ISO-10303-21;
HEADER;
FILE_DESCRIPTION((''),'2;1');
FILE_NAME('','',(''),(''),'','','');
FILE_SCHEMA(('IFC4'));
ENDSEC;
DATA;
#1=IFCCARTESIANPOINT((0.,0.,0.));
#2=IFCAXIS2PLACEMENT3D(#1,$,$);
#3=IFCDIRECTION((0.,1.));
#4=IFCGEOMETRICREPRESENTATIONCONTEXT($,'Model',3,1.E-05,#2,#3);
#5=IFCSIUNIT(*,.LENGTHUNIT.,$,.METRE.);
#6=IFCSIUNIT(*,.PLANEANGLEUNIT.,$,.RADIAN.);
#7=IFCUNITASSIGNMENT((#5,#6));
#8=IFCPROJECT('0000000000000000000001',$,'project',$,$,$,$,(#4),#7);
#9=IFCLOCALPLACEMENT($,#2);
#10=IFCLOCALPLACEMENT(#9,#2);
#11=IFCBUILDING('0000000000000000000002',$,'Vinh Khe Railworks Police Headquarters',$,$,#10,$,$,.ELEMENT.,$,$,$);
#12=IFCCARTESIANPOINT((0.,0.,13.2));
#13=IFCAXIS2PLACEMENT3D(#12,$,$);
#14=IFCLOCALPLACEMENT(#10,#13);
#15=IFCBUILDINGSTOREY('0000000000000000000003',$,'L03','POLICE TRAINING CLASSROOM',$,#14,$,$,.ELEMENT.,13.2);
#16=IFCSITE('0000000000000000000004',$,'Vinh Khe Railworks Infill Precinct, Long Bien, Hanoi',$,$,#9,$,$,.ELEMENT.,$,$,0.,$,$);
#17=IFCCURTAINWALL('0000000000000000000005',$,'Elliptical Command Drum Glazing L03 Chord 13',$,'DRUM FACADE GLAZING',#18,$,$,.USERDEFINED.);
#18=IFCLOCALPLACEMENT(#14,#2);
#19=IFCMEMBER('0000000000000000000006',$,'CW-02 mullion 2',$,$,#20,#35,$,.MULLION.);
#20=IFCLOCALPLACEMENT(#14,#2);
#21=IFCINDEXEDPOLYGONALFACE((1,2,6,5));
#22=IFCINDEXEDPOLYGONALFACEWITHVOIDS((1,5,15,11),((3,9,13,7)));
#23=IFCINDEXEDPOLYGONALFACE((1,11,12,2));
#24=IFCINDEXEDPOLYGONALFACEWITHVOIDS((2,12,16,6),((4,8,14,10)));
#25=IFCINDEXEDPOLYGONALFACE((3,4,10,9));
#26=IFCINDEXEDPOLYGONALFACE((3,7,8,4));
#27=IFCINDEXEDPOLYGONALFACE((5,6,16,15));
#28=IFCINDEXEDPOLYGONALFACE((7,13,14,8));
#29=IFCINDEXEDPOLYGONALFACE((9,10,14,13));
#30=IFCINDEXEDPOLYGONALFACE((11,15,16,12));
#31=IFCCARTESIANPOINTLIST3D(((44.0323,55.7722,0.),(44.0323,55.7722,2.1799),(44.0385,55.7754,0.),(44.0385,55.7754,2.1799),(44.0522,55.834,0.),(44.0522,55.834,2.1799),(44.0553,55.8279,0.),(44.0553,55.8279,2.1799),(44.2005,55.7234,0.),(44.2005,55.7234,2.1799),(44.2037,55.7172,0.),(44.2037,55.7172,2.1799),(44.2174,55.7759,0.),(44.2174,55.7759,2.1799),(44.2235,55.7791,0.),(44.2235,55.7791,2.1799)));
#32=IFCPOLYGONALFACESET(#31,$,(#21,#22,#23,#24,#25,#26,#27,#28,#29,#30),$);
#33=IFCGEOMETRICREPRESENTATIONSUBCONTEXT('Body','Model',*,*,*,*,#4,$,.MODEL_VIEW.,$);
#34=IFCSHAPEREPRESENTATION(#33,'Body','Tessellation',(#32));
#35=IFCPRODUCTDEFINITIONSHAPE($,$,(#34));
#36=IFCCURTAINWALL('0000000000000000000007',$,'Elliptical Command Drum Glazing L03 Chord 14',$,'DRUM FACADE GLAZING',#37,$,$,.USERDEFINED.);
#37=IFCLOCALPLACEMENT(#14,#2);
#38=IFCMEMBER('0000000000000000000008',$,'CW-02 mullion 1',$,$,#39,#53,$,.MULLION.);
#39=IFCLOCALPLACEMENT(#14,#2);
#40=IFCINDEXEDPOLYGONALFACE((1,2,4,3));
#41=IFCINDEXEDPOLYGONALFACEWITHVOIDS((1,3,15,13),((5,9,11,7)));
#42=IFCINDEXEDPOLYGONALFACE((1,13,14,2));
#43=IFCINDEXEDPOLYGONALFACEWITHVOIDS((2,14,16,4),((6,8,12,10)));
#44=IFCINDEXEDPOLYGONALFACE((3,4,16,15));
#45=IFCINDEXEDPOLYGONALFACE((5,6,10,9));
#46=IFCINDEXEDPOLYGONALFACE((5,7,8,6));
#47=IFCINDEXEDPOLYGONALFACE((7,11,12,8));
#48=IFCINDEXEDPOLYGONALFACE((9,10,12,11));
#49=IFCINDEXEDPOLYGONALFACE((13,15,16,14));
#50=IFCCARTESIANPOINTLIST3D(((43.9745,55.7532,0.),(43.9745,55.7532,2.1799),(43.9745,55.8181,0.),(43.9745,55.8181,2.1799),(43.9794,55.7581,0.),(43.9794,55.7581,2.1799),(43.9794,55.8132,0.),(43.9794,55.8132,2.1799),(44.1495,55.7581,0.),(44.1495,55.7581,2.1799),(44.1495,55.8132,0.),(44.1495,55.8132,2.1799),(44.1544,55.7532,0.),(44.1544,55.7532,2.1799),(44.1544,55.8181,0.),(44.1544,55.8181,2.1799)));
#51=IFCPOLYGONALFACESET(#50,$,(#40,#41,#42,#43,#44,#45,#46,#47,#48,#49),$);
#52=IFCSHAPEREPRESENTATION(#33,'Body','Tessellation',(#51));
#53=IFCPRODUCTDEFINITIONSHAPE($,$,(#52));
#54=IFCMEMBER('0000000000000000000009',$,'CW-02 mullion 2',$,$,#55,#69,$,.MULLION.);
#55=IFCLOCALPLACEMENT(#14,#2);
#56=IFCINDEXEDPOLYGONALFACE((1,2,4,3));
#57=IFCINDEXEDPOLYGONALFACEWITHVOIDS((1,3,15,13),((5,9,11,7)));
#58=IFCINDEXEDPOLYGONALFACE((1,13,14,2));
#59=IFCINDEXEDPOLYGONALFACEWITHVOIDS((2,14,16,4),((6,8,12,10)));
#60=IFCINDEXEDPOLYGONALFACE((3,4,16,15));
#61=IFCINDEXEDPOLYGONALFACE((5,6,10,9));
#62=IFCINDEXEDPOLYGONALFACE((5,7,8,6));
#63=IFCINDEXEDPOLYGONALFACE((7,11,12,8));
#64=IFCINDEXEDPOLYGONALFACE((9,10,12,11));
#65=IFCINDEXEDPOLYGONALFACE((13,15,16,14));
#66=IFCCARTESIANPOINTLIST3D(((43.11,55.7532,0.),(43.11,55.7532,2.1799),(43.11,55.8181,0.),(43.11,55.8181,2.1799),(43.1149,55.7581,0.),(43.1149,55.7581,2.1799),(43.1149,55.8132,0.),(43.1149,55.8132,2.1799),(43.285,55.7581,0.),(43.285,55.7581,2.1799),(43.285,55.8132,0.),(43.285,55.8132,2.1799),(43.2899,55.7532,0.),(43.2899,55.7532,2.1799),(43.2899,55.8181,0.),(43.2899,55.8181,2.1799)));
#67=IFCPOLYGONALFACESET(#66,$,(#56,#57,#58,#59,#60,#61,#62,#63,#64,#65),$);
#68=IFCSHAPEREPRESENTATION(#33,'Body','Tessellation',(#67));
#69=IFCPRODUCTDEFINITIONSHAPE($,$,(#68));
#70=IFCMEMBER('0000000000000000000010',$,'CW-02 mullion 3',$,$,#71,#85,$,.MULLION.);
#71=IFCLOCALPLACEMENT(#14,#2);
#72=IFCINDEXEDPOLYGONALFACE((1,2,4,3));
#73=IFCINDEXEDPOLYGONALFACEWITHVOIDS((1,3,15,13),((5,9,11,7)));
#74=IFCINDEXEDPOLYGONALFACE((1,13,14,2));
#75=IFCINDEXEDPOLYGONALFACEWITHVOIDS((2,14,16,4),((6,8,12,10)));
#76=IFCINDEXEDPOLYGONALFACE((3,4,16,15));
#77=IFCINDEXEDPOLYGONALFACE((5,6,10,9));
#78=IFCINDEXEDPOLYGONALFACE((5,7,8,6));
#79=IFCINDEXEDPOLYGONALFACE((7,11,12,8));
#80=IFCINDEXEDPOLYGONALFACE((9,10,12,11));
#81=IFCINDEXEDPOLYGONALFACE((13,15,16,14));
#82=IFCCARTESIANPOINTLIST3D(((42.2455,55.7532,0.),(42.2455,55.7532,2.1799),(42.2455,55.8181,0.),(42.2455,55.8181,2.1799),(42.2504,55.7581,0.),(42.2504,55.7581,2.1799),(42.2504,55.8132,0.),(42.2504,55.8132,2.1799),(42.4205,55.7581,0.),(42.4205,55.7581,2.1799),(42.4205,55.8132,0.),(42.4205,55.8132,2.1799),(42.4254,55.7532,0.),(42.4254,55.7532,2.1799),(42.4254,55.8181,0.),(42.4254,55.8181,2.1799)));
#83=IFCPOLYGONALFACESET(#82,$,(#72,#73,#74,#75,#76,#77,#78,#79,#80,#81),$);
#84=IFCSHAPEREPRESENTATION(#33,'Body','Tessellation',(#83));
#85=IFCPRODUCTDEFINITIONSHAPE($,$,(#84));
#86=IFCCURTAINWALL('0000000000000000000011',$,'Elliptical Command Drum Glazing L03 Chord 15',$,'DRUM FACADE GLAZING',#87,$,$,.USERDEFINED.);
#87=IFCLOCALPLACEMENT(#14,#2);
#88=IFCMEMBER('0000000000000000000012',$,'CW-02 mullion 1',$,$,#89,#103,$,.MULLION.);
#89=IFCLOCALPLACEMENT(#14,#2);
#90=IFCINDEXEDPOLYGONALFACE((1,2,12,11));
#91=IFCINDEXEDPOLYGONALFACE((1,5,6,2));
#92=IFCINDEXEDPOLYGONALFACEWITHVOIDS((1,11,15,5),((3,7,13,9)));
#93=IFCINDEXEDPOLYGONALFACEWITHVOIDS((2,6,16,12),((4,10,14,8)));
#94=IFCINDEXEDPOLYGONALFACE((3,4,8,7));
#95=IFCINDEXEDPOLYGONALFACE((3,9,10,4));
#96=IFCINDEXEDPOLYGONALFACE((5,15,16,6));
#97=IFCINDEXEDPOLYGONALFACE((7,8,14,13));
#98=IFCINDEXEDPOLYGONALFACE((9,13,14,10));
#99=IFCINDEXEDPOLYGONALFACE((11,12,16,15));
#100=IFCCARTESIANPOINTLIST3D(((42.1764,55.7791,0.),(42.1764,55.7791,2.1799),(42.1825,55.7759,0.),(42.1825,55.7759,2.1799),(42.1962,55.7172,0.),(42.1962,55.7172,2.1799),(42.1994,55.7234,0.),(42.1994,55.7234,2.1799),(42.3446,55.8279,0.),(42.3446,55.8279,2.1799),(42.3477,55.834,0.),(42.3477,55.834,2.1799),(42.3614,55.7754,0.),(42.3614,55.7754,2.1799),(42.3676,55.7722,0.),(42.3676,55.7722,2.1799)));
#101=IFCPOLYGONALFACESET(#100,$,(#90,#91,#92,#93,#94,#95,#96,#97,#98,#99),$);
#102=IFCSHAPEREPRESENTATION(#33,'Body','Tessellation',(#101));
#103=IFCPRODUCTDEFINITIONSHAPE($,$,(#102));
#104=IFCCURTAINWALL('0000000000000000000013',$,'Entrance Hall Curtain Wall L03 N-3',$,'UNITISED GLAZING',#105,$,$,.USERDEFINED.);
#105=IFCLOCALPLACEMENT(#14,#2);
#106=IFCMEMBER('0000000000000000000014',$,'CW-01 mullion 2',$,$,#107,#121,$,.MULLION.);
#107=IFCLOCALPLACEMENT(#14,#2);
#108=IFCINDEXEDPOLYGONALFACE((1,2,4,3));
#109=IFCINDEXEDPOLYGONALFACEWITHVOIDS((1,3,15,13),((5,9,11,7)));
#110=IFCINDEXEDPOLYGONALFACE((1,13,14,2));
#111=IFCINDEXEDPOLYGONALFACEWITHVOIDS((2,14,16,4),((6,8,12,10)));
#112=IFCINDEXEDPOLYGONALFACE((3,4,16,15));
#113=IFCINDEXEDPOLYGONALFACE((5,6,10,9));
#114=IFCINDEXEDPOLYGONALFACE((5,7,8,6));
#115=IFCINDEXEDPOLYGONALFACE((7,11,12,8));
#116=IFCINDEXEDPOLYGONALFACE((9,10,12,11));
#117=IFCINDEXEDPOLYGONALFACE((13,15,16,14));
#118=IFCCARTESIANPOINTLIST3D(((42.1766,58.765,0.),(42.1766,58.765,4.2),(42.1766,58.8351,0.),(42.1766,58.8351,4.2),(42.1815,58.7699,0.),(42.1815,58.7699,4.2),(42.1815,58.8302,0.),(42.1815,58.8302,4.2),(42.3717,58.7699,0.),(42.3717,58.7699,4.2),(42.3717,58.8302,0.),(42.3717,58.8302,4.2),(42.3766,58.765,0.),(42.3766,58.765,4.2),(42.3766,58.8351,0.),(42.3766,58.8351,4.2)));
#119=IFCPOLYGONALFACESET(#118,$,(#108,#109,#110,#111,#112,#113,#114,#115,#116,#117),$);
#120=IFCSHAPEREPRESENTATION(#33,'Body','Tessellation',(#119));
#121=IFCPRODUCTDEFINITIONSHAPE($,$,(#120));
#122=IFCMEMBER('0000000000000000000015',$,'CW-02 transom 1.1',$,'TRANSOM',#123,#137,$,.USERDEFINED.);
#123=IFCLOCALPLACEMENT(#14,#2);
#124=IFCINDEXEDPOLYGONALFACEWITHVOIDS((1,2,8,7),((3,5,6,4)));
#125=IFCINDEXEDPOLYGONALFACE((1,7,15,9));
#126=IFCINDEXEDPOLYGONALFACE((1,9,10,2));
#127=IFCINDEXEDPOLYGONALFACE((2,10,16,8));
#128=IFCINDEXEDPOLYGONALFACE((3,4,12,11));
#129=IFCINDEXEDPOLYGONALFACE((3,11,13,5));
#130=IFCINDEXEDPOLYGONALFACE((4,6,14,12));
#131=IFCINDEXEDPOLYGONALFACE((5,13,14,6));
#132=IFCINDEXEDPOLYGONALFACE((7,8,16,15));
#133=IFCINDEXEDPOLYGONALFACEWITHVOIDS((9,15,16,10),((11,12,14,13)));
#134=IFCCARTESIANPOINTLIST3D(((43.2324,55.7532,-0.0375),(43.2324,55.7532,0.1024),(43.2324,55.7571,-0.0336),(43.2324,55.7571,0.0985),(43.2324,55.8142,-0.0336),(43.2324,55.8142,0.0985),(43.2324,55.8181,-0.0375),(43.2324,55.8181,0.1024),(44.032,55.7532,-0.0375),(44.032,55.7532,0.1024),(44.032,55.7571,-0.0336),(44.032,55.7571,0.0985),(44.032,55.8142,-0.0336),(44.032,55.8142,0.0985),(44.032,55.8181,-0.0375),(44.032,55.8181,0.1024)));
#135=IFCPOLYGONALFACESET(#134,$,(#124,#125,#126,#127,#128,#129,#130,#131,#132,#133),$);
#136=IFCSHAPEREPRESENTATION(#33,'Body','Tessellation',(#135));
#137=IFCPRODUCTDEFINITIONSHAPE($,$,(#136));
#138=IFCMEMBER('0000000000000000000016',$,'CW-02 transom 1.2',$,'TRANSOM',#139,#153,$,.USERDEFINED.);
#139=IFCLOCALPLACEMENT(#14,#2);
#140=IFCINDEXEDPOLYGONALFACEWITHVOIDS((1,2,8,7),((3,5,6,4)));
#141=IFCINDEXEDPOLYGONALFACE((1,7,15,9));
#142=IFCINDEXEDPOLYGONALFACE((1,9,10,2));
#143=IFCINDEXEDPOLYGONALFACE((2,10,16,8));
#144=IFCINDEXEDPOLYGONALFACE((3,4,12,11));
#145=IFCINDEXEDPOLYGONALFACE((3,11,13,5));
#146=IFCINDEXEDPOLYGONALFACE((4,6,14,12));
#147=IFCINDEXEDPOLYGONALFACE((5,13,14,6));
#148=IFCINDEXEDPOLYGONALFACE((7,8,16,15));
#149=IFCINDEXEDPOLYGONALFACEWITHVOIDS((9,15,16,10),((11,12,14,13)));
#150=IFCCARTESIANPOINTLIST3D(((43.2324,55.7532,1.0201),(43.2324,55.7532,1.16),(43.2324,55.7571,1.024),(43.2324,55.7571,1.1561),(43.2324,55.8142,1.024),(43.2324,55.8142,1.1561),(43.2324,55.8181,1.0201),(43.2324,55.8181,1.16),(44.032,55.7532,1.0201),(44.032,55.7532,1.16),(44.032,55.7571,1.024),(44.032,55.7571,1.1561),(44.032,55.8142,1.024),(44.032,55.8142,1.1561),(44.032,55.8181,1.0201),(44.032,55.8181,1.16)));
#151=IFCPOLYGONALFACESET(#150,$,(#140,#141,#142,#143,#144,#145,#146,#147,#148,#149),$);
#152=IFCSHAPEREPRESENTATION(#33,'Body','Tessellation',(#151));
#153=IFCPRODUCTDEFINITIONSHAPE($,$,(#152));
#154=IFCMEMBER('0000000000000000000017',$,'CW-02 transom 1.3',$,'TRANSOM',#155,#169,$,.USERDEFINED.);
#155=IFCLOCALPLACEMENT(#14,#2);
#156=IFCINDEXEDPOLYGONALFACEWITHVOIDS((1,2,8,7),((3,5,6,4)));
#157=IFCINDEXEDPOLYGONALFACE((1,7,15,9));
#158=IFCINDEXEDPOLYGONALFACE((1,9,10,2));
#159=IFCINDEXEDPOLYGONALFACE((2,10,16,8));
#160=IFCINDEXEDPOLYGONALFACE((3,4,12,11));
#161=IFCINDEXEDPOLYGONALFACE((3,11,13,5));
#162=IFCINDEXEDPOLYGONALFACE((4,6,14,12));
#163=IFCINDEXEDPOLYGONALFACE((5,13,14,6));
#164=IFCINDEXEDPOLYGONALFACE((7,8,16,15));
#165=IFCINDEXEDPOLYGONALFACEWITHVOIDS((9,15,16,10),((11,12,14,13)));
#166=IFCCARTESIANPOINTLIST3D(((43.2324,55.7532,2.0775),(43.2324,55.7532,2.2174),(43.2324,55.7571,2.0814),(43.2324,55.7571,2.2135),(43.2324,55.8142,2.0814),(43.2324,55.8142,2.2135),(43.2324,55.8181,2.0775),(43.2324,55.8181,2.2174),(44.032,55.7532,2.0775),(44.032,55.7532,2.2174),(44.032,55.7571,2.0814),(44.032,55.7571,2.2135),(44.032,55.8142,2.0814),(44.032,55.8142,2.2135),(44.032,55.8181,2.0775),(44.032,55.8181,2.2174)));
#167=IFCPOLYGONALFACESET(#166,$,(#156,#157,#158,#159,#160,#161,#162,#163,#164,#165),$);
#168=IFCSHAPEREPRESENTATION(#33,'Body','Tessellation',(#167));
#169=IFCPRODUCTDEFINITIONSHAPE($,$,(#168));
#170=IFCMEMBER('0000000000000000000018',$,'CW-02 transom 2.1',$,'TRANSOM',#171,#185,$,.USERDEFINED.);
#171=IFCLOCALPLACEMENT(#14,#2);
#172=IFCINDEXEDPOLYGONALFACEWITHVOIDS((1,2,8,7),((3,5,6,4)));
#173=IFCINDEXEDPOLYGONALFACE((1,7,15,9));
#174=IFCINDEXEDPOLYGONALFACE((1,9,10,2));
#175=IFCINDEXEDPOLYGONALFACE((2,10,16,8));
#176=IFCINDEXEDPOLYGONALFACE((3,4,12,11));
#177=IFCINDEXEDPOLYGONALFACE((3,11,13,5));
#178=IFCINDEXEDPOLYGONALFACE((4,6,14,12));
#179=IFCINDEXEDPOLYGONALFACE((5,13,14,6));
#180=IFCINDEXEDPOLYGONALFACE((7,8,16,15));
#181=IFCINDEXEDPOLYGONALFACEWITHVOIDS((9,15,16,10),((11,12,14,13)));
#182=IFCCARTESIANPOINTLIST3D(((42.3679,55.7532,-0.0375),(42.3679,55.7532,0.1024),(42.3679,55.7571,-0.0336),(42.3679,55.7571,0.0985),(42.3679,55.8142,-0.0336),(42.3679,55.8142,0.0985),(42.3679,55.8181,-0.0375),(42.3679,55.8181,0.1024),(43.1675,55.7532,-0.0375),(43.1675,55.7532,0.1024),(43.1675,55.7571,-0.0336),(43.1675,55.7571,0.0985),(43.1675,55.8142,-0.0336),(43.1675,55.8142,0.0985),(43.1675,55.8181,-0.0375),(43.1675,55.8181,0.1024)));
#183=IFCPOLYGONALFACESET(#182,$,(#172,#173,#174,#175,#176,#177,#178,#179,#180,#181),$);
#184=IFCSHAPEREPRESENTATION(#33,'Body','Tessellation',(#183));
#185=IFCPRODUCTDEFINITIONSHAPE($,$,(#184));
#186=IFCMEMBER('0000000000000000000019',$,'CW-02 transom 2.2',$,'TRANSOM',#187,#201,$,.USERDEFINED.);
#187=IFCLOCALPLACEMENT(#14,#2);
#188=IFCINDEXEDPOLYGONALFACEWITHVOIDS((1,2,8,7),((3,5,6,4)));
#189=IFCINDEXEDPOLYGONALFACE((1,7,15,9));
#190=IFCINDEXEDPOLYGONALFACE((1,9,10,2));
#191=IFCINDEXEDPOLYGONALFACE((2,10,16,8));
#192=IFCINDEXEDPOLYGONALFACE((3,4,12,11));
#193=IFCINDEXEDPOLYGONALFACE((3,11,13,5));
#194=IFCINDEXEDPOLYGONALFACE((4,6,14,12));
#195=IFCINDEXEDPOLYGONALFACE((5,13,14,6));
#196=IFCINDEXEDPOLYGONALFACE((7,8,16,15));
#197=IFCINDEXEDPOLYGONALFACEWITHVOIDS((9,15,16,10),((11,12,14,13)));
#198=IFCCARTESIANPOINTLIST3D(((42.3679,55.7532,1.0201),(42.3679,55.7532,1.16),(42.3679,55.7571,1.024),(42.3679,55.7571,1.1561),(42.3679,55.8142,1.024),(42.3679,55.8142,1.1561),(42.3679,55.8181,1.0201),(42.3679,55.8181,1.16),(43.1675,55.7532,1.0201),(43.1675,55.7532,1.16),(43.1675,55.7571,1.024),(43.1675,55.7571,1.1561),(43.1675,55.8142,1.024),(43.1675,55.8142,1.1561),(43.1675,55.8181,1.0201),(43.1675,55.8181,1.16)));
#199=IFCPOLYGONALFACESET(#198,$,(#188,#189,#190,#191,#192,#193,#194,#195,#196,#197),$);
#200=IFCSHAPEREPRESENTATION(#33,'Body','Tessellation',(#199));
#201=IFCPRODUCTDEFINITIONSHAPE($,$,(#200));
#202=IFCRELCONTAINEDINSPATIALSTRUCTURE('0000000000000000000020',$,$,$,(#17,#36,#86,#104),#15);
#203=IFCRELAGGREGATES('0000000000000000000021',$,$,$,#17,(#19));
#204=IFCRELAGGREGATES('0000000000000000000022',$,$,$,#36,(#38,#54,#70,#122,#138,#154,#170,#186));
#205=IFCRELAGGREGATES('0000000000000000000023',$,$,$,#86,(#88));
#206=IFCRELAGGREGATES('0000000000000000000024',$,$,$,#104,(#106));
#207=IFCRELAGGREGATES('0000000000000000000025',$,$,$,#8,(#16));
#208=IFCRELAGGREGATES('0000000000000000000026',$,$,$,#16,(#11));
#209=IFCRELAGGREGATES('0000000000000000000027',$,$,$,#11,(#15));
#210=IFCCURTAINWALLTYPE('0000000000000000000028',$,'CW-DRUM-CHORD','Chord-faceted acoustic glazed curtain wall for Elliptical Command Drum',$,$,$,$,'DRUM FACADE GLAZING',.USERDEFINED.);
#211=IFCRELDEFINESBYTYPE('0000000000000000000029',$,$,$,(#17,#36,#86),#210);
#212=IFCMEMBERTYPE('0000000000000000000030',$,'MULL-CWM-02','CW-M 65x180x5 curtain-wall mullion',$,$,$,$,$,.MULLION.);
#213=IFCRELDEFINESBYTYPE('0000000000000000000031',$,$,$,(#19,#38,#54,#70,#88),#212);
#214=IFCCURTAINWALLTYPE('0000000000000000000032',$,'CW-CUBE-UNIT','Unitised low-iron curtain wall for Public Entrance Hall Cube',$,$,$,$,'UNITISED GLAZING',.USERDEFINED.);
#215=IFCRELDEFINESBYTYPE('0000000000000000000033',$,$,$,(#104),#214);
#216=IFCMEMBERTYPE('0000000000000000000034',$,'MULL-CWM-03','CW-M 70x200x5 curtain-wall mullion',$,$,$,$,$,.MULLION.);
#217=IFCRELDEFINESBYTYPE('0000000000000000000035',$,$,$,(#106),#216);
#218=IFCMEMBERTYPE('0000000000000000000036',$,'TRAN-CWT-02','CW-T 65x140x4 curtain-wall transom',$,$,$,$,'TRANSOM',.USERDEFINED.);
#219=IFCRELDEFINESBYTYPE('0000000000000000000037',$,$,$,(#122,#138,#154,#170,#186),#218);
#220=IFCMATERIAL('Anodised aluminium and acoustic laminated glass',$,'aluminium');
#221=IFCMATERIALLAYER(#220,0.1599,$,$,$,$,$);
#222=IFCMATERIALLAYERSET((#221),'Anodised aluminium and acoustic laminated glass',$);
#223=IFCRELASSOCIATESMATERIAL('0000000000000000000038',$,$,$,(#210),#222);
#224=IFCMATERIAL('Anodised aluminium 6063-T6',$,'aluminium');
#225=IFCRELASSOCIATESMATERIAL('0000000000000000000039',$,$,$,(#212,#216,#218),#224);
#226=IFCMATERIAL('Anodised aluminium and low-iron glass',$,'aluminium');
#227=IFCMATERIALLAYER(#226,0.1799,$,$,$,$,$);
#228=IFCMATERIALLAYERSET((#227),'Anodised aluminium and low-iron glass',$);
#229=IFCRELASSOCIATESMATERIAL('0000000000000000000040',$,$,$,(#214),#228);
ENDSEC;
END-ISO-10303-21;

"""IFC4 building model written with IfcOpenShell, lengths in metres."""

from ifc_helpers import new_model, si_unit, direction, frame, origin, origin_2d, place, context, subcontext, project, spatial, hollow_rectangle, extrude, material, layer, layer_set, material_profile, profile_set, type_object, element, aggregate, save


model = new_model("IFC4")

# Units and contexts
model_context = context("Model", 3, precision=1e-05, world=origin(), true_north=direction((0.0, 1.0)))
body_context = subcontext(model_context, "Body", "Model", "MODEL_VIEW")
ifc_project = project(units=[si_unit("LENGTHUNIT", "METRE"), si_unit("PLANEANGLEUNIT", "RADIAN")], contexts=[model_context])

# Site, building, storey
site_placement = place(None, origin())
site = spatial("IfcSite", under=ifc_project, at=site_placement, Name="Vinh Khe Railworks Infill Precinct, Long Bien, Hanoi", CompositionType="ELEMENT", RefElevation=0.0)
building_placement = place(site_placement, origin())
building = spatial("IfcBuilding", under=site, at=building_placement, Name="Vinh Khe Railworks Police Headquarters", CompositionType="ELEMENT")
storey_placement = place(building_placement, frame((0.0, 0.0, 13.2)))
storey = spatial("IfcBuildingStorey", under=building, at=storey_placement, Name="L03", Description="POLICE TRAINING CLASSROOM", CompositionType="ELEMENT", Elevation=13.2)

# Curtain wall, member
ifc_material_1 = material(Name="Anodised aluminium and acoustic laminated glass", Category="aluminium")
ifc_layer_1 = layer(ifc_material_1, 0.1599)
ifc_layer_set_1 = layer_set([ifc_layer_1], Name="Anodised aluminium and acoustic laminated glass")
curtain_wall_type_1 = type_object("IfcCurtainWallType", Name="CW-DRUM-CHORD", Description="Chord-faceted acoustic glazed curtain wall for Elliptical Command Drum", ElementType="DRUM FACADE GLAZING", PredefinedType="USERDEFINED", material=ifc_layer_set_1)
curtain_wall_1_placement = place(storey_placement, origin())
curtain_wall_1 = element("IfcCurtainWall", 1, at=curtain_wall_1_placement, inside=storey, type_object=curtain_wall_type_1, Name="Elliptical Command Drum Glazing L03 Chord 13", ObjectType="DRUM FACADE GLAZING", PredefinedType="USERDEFINED")
ifc_material_2 = material(Name="Anodised aluminium 6063-T6", Category="aluminium")
ifc_material_profile_1 = material_profile(ifc_material_2, hollow_rectangle(XDim=0.0649, YDim=0.1799, WallThickness=0.0049, at=origin_2d()), Name="CW-M 65x180x5")
ifc_profile_set_1 = profile_set([ifc_material_profile_1], Name="Anodised aluminium 6063-T6")
member_type_1 = type_object("IfcMemberType", Name="MULL-CWM-02", Description="CW-M 65x180x5 curtain-wall mullion", PredefinedType="MULLION", material=ifc_profile_set_1)
member_1_placement = place(storey_placement, frame((44.1279, 55.7756, 0.0), z_axis=(0.0, 0.0, 1.0), x_axis=(-0.305579, -0.952167, 0.0)))
member_1 = element("IfcMember", 2, at=member_1_placement, type_object=member_type_1, Name="CW-02 mullion 2", PredefinedType="MULLION", context=body_context, shape_type="SweptSolid", body=[
    extrude(hollow_rectangle(XDim=0.0649, YDim=0.1799, WallThickness=0.0049, at=origin_2d()), origin(), (0.0, 0.0, 1.0), 2.1799),
])
aggregate(curtain_wall_1, [member_1])

# Curtain wall, members
curtain_wall_2_placement = place(storey_placement, origin())
curtain_wall_2 = element("IfcCurtainWall", 3, at=curtain_wall_2_placement, inside=storey, type_object=curtain_wall_type_1, Name="Elliptical Command Drum Glazing L03 Chord 14", ObjectType="DRUM FACADE GLAZING", PredefinedType="USERDEFINED")
member_2_placement = place(storey_placement, frame((44.0645, 55.7856, 0.0), z_axis=(0.0, 0.0, 1.0), x_axis=(0.0, -1.0, 0.0)))
member_2 = element("IfcMember", 4, at=member_2_placement, type_object=member_type_1, Name="CW-02 mullion 1", PredefinedType="MULLION", context=body_context, shape_type="SweptSolid", body=[
    extrude(hollow_rectangle(XDim=0.0649, YDim=0.1799, WallThickness=0.0049, at=origin_2d()), origin(), (0.0, 0.0, 1.0), 2.1799),
])
member_3_placement = place(storey_placement, frame((43.2, 55.7856, 0.0), z_axis=(0.0, 0.0, 1.0), x_axis=(0.0, -1.0, 0.0)))
member_3 = element("IfcMember", 5, at=member_3_placement, type_object=member_type_1, Name="CW-02 mullion 2", PredefinedType="MULLION", context=body_context, shape_type="SweptSolid", body=[
    extrude(hollow_rectangle(XDim=0.0649, YDim=0.1799, WallThickness=0.0049, at=origin_2d()), origin(), (0.0, 0.0, 1.0), 2.1799),
])
member_4_placement = place(storey_placement, frame((42.3354, 55.7856, 0.0), z_axis=(0.0, 0.0, 1.0), x_axis=(0.0, -1.0, 0.0)))
member_4 = element("IfcMember", 6, at=member_4_placement, type_object=member_type_1, Name="CW-02 mullion 3", PredefinedType="MULLION", context=body_context, shape_type="SweptSolid", body=[
    extrude(hollow_rectangle(XDim=0.0649, YDim=0.1799, WallThickness=0.0049, at=origin_2d()), origin(), (0.0, 0.0, 1.0), 2.1799),
])

# Curtain walls, members
curtain_wall_3_placement = place(storey_placement, origin())
curtain_wall_3 = element("IfcCurtainWall", 7, at=curtain_wall_3_placement, inside=storey, type_object=curtain_wall_type_1, Name="Elliptical Command Drum Glazing L03 Chord 15", ObjectType="DRUM FACADE GLAZING", PredefinedType="USERDEFINED")
member_5_placement = place(storey_placement, frame((42.272, 55.7756, 0.0), z_axis=(0.0, 0.0, 1.0), x_axis=(0.305579, -0.952167, 0.0)))
member_5 = element("IfcMember", 8, at=member_5_placement, type_object=member_type_1, Name="CW-02 mullion 1", PredefinedType="MULLION", context=body_context, shape_type="SweptSolid", body=[
    extrude(hollow_rectangle(XDim=0.0649, YDim=0.1799, WallThickness=0.0049, at=origin_2d()), origin(), (0.0, 0.0, 1.0), 2.1799),
])
ifc_material_3 = material(Name="Anodised aluminium and low-iron glass", Category="aluminium")
ifc_layer_2 = layer(ifc_material_3, 0.1799)
ifc_layer_set_2 = layer_set([ifc_layer_2], Name="Anodised aluminium and low-iron glass")
curtain_wall_type_2 = type_object("IfcCurtainWallType", Name="CW-CUBE-UNIT", Description="Unitised low-iron curtain wall for Public Entrance Hall Cube", ElementType="UNITISED GLAZING", PredefinedType="USERDEFINED", material=ifc_layer_set_2)
curtain_wall_4_placement = place(storey_placement, origin())
curtain_wall_4 = element("IfcCurtainWall", 9, at=curtain_wall_4_placement, inside=storey, type_object=curtain_wall_type_2, Name="Entrance Hall Curtain Wall L03 N-3", ObjectType="UNITISED GLAZING", PredefinedType="USERDEFINED")
ifc_material_profile_2 = material_profile(ifc_material_2, hollow_rectangle(XDim=0.0701, YDim=0.2, WallThickness=0.0049, at=origin_2d()), Name="CW-M 70x200x5")
ifc_profile_set_2 = profile_set([ifc_material_profile_2], Name="Anodised aluminium 6063-T6")
member_type_2 = type_object("IfcMemberType", Name="MULL-CWM-03", Description="CW-M 70x200x5 curtain-wall mullion", PredefinedType="MULLION", material=ifc_profile_set_2)
member_6_placement = place(storey_placement, frame((42.2766, 58.8, 0.0), z_axis=(0.0, 0.0, 1.0), x_axis=(0.0, 1.0, 0.0)))
member_6 = element("IfcMember", 10, at=member_6_placement, type_object=member_type_2, Name="CW-01 mullion 2", PredefinedType="MULLION", context=body_context, shape_type="SweptSolid", body=[
    extrude(hollow_rectangle(XDim=0.0701, YDim=0.2, WallThickness=0.0049, at=origin_2d()), origin(), (0.0, 0.0, 1.0), 4.2),
])

# Members
ifc_material_profile_3 = material_profile(ifc_material_2, hollow_rectangle(XDim=0.0649, YDim=0.1399, WallThickness=0.0039, at=origin_2d()), Name="CW-T 65x140x4")
ifc_profile_set_3 = profile_set([ifc_material_profile_3], Name="Anodised aluminium 6063-T6")
member_type_3 = type_object("IfcMemberType", Name="TRAN-CWT-02", Description="CW-T 65x140x4 curtain-wall transom", ElementType="TRANSOM", PredefinedType="USERDEFINED", material=ifc_profile_set_3)
member_7_placement = place(storey_placement, frame((44.032, 55.7856, 0.0325), z_axis=(-1.0, 0.0, 0.0), x_axis=(0.0, -1.0, 0.0)))
member_7 = element("IfcMember", 11, at=member_7_placement, type_object=member_type_3, Name="CW-02 transom 1.1", ObjectType="TRANSOM", PredefinedType="USERDEFINED", context=body_context, shape_type="SweptSolid", body=[
    extrude(hollow_rectangle(XDim=0.0649, YDim=0.1399, WallThickness=0.0039, at=origin_2d()), origin(), (0.0, 0.0, 1.0), 0.7996),
])
member_8_placement = place(storey_placement, frame((44.032, 55.7856, 1.0901), z_axis=(-1.0, 0.0, 0.0), x_axis=(0.0, -1.0, 0.0)))
member_8 = element("IfcMember", 12, at=member_8_placement, type_object=member_type_3, Name="CW-02 transom 1.2", ObjectType="TRANSOM", PredefinedType="USERDEFINED", context=body_context, shape_type="SweptSolid", body=[
    extrude(hollow_rectangle(XDim=0.0649, YDim=0.1399, WallThickness=0.0039, at=origin_2d()), origin(), (0.0, 0.0, 1.0), 0.7996),
])
member_9_placement = place(storey_placement, frame((44.032, 55.7856, 2.1475), z_axis=(-1.0, 0.0, 0.0), x_axis=(0.0, -1.0, 0.0)))
member_9 = element("IfcMember", 13, at=member_9_placement, type_object=member_type_3, Name="CW-02 transom 1.3", ObjectType="TRANSOM", PredefinedType="USERDEFINED", context=body_context, shape_type="SweptSolid", body=[
    extrude(hollow_rectangle(XDim=0.0649, YDim=0.1399, WallThickness=0.0039, at=origin_2d()), origin(), (0.0, 0.0, 1.0), 0.7996),
])
member_10_placement = place(storey_placement, frame((43.1675, 55.7856, 0.0325), z_axis=(-1.0, 0.0, 0.0), x_axis=(0.0, -1.0, 0.0)))
member_10 = element("IfcMember", 14, at=member_10_placement, type_object=member_type_3, Name="CW-02 transom 2.1", ObjectType="TRANSOM", PredefinedType="USERDEFINED", context=body_context, shape_type="SweptSolid", body=[
    extrude(hollow_rectangle(XDim=0.0649, YDim=0.1399, WallThickness=0.0039, at=origin_2d()), origin(), (0.0, 0.0, 1.0), 0.7996),
])
member_11_placement = place(storey_placement, frame((43.1675, 55.7856, 1.0901), z_axis=(-1.0, 0.0, 0.0), x_axis=(0.0, -1.0, 0.0)))
member_11 = element("IfcMember", 15, at=member_11_placement, type_object=member_type_3, Name="CW-02 transom 2.2", ObjectType="TRANSOM", PredefinedType="USERDEFINED", context=body_context, shape_type="SweptSolid", body=[
    extrude(hollow_rectangle(XDim=0.0649, YDim=0.1399, WallThickness=0.0039, at=origin_2d()), origin(), (0.0, 0.0, 1.0), 0.7996),
])

aggregate(curtain_wall_2, [member_2, member_3, member_4, member_7, member_8, member_9, member_10, member_11])
aggregate(curtain_wall_3, [member_5])
aggregate(curtain_wall_4, [member_6])

save(model, "model.ifc")
